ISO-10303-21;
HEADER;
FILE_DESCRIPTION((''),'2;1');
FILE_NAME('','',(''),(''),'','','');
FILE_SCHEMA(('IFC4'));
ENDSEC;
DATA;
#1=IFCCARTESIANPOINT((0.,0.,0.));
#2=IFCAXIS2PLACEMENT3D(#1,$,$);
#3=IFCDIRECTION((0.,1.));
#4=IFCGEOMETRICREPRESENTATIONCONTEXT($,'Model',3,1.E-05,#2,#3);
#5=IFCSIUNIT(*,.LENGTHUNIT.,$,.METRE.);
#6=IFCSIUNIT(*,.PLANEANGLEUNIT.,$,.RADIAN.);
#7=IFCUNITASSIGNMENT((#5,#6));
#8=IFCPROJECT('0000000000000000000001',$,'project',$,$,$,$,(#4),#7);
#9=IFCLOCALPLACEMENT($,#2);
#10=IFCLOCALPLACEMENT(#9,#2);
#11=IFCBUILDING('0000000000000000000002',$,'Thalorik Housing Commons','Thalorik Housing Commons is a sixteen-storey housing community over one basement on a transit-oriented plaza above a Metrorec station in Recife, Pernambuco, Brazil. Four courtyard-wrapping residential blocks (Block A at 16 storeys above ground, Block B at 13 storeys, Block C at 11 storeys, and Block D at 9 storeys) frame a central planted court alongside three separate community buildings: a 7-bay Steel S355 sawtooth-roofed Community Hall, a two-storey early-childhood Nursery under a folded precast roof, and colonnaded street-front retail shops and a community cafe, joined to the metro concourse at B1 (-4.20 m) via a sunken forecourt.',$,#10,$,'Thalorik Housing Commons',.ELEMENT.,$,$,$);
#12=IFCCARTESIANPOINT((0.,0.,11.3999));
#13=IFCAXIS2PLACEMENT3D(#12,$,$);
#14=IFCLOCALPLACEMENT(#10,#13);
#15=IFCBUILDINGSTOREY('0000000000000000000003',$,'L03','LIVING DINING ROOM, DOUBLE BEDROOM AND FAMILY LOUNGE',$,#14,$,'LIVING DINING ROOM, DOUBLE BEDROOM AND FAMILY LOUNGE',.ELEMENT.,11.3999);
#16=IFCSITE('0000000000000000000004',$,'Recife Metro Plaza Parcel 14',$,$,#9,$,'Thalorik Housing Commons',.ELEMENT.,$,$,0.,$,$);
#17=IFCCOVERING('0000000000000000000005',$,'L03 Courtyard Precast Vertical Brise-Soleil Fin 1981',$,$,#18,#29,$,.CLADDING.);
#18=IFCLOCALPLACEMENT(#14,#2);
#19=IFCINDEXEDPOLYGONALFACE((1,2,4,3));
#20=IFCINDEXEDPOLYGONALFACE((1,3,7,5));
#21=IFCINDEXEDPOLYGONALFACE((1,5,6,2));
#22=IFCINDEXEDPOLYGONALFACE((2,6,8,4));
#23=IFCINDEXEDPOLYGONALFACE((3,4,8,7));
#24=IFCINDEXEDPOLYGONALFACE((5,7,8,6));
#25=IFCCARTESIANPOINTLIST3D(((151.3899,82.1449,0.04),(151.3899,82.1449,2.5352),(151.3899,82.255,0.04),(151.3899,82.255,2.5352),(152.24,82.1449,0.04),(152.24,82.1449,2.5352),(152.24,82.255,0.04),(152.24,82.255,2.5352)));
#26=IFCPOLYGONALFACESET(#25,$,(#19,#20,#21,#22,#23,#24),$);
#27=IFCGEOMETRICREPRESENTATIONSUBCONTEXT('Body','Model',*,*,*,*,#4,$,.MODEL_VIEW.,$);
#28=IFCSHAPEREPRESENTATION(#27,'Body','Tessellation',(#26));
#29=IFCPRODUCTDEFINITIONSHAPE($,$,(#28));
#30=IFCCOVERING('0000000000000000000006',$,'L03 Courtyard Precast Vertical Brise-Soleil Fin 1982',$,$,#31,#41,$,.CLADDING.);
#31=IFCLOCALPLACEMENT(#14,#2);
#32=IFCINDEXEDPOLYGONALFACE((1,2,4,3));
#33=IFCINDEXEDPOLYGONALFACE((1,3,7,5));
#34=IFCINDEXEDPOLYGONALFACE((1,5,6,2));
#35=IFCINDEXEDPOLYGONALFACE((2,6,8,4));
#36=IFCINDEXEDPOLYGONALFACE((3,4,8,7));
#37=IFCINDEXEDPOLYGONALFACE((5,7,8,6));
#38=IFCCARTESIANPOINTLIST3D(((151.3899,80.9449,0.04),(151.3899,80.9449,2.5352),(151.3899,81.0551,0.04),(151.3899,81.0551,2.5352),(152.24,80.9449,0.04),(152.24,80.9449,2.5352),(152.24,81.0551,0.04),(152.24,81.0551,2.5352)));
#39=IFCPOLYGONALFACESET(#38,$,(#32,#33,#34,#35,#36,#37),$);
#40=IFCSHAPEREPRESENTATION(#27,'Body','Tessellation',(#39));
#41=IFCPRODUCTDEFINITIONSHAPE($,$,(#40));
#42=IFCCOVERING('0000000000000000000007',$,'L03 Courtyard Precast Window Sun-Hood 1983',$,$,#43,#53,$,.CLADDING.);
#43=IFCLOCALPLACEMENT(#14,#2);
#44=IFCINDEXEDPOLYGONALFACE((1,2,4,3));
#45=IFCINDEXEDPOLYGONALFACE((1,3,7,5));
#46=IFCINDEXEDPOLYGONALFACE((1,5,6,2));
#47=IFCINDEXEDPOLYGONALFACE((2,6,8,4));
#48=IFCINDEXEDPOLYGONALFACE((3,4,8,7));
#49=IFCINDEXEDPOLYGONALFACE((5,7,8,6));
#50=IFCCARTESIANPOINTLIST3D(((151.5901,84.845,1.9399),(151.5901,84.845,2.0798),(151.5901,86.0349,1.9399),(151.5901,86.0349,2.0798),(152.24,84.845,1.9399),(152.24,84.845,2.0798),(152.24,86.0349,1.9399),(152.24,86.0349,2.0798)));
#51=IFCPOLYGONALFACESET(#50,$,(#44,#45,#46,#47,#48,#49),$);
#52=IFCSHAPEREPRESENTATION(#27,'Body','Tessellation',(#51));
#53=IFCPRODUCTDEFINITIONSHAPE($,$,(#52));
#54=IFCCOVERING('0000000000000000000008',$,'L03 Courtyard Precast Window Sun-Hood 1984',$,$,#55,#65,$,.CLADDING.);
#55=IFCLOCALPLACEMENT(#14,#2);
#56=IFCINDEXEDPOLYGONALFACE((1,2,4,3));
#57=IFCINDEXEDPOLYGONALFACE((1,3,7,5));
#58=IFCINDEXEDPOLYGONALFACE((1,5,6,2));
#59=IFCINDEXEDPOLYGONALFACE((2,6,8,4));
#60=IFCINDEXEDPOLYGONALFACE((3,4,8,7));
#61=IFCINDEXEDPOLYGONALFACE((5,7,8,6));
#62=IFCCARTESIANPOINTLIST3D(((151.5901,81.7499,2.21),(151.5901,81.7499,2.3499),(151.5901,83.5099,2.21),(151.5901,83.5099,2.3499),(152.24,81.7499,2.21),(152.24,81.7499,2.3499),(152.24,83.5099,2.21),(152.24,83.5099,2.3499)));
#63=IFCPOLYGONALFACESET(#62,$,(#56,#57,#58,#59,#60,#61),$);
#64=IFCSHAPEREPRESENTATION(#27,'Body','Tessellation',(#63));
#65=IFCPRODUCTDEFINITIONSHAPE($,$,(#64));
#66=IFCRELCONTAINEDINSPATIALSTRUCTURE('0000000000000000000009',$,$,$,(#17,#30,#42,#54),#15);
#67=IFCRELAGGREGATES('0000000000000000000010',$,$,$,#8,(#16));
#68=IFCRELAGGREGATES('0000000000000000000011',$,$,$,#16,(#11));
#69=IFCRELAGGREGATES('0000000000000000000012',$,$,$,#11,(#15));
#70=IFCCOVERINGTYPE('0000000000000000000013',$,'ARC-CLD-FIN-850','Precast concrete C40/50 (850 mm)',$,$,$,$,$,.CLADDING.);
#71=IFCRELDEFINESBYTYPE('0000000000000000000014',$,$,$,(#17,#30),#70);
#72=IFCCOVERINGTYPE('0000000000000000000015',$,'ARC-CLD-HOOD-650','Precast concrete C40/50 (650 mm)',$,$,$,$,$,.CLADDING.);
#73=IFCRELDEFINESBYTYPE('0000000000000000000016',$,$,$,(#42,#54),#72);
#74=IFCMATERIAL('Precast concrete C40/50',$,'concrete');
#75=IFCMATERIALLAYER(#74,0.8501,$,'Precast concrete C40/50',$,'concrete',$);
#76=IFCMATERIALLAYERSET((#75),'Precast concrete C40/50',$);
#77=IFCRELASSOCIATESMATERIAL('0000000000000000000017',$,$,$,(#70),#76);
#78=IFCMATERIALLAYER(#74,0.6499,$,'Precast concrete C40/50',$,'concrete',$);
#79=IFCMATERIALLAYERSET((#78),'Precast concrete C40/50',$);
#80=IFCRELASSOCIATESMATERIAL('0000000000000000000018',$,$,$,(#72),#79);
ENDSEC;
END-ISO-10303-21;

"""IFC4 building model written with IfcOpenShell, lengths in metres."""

from ifc_helpers import new_model, si_unit, direction, frame, origin, origin_2d, place, context, subcontext, project, spatial, rectangle, extrude, material, layer, layer_set, type_object, element, save


model = new_model("IFC4")

# Units and contexts
model_context = context("Model", 3, precision=1e-05, world=origin(), true_north=direction((0.0, 1.0)))
body_context = subcontext(model_context, "Body", "Model", "MODEL_VIEW")
ifc_project = project(units=[si_unit("LENGTHUNIT", "METRE"), si_unit("PLANEANGLEUNIT", "RADIAN")], contexts=[model_context])

# Site, building, storey
site_placement = place(None, origin())
site = spatial("IfcSite", under=ifc_project, at=site_placement, Name="Recife Metro Plaza Parcel 14", LongName="Thalorik Housing Commons", CompositionType="ELEMENT", RefElevation=0.0)
building_placement = place(site_placement, origin())
building = spatial("IfcBuilding", under=site, at=building_placement, Name="Thalorik Housing Commons", Description="Thalorik Housing Commons is a sixteen-storey housing community over one basement on a transit-oriented plaza above a Metrorec station in Recife, Pernambuco, Brazil. Four courtyard-wrapping residential blocks (Block A at 16 storeys above ground, Block B at 13 storeys, Block C at 11 storeys, and Block D at 9 storeys) frame a central planted court alongside three separate community buildings: a 7-bay Steel S355 sawtooth-roofed Community Hall, a two-storey early-childhood Nursery under a folded precast roof, and colonnaded street-front retail shops and a community cafe, joined to the metro concourse at B1 (-4.20 m) via a sunken forecourt.", LongName="Thalorik Housing Commons", CompositionType="ELEMENT")
storey_placement = place(building_placement, frame((0.0, 0.0, 11.3999)))
storey = spatial("IfcBuildingStorey", under=building, at=storey_placement, Name="L03", Description="LIVING DINING ROOM, DOUBLE BEDROOM AND FAMILY LOUNGE", LongName="LIVING DINING ROOM, DOUBLE BEDROOM AND FAMILY LOUNGE", CompositionType="ELEMENT", Elevation=11.3999)

# Shared definitions
ifc_material_1 = material(Name="Precast concrete C40/50", Category="concrete")

# Coverings
ifc_layer_1 = layer(ifc_material_1, 0.8501, Name="Precast concrete C40/50", Category="concrete")
ifc_layer_set_1 = layer_set([ifc_layer_1], Name="Precast concrete C40/50")
covering_type_1 = type_object("IfcCoveringType", Name="ARC-CLD-FIN-850", Description="Precast concrete C40/50 (850 mm)", PredefinedType="CLADDING", material=ifc_layer_set_1)
for number, where, z_axis, x_axis, name in (
    (1, (151.8149, 82.2, 0.04), (0.0, 0.0, 1.0), (0.0, -1.0, 0.0), "L03 Courtyard Precast Vertical Brise-Soleil Fin 1981"),
    (2, (151.8149, 81.0, 0.04), (0.0, 0.0, 1.0), (0.0, -1.0, 0.0), "L03 Courtyard Precast Vertical Brise-Soleil Fin 1982"),
):
    element("IfcCovering", number, at=place(storey_placement, frame(where, z_axis=z_axis, x_axis=x_axis)), inside=storey, type_object=covering_type_1, Name=name, PredefinedType="CLADDING", context=body_context, shape_type="SweptSolid", body=[
        extrude(rectangle(XDim=0.1101, YDim=0.8501, at=origin_2d()), origin(), (0.0, 0.0, 1.0), 2.4951),
    ])
ifc_layer_2 = layer(ifc_material_1, 0.6499, Name="Precast concrete C40/50", Category="concrete")
ifc_layer_set_2 = layer_set([ifc_layer_2], Name="Precast concrete C40/50")
covering_type_2 = type_object("IfcCoveringType", Name="ARC-CLD-HOOD-650", Description="Precast concrete C40/50 (650 mm)", PredefinedType="CLADDING", material=ifc_layer_set_2)
covering_1_placement = place(storey_placement, frame((151.915, 85.4399, 1.9399), z_axis=(0.0, 0.0, 1.0), x_axis=(0.0, -1.0, 0.0)))
element("IfcCovering", 3, at=covering_1_placement, inside=storey, type_object=covering_type_2, Name="L03 Courtyard Precast Window Sun-Hood 1983", PredefinedType="CLADDING", context=body_context, shape_type="SweptSolid", body=[
    extrude(rectangle(XDim=1.1899, YDim=0.6499, at=origin_2d()), origin(), (0.0, 0.0, 1.0), 0.1399),
])
covering_2_placement = place(storey_placement, frame((151.915, 82.6299, 2.21), z_axis=(0.0, 0.0, 1.0), x_axis=(0.0, -1.0, 0.0)))
element("IfcCovering", 4, at=covering_2_placement, inside=storey, type_object=covering_type_2, Name="L03 Courtyard Precast Window Sun-Hood 1984", PredefinedType="CLADDING", context=body_context, shape_type="SweptSolid", body=[
    extrude(rectangle(XDim=1.76, YDim=0.6499, at=origin_2d()), origin(), (0.0, 0.0, 1.0), 0.1399),
])

save(model, "model.ifc")
